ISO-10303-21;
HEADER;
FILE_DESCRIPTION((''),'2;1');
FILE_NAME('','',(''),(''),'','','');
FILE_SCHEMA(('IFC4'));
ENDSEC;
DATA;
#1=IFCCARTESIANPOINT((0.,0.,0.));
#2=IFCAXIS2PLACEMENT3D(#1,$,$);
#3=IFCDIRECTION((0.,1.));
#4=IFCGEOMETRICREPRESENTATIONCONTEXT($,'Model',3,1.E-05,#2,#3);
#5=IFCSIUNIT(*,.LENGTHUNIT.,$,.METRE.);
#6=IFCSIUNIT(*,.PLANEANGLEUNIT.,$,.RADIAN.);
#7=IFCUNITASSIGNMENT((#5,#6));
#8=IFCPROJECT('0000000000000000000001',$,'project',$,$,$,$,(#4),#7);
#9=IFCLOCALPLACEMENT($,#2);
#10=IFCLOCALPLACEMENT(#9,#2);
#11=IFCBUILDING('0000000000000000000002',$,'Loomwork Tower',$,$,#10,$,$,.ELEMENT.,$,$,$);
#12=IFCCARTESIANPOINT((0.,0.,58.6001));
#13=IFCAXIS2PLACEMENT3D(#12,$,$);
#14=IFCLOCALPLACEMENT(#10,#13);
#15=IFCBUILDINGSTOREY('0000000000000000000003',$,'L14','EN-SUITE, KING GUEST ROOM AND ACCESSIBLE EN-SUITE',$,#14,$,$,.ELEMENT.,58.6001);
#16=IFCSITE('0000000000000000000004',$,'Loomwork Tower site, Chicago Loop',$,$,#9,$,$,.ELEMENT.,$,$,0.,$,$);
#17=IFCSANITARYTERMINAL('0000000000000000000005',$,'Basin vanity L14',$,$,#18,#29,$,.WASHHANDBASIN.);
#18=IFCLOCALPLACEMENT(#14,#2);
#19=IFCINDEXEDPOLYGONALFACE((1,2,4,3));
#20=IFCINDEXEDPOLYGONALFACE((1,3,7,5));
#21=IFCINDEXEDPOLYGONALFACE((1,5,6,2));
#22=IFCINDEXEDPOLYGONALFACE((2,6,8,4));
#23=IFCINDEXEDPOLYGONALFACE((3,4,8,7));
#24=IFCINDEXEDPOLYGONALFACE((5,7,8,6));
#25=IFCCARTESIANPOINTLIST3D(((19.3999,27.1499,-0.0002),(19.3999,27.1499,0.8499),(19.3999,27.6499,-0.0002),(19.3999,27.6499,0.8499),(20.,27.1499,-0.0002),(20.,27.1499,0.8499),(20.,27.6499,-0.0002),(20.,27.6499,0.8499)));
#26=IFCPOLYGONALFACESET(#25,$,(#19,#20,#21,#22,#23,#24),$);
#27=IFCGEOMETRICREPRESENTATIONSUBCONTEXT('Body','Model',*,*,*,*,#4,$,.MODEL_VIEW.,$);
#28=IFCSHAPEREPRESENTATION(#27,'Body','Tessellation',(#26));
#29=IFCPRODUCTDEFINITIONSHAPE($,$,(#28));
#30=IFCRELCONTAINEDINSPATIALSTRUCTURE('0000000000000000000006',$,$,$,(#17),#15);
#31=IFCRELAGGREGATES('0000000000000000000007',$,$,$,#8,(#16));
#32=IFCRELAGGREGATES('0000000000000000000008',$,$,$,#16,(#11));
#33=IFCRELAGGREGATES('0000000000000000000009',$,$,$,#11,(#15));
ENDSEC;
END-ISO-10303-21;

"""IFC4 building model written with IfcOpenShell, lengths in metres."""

from ifc_helpers import new_model, si_unit, direction, frame, origin, origin_2d, place, context, subcontext, project, spatial, rectangle, extrude, element, save


model = new_model("IFC4")

# Units and contexts
model_context = context("Model", 3, precision=1e-05, world=origin(), true_north=direction((0.0, 1.0)))
body_context = subcontext(model_context, "Body", "Model", "MODEL_VIEW")
ifc_project = project(units=[si_unit("LENGTHUNIT", "METRE"), si_unit("PLANEANGLEUNIT", "RADIAN")], contexts=[model_context])

# Site, building, storey
site_placement = place(None, origin())
site = spatial("IfcSite", under=ifc_project, at=site_placement, Name="Loomwork Tower site, Chicago Loop", CompositionType="ELEMENT", RefElevation=0.0)
building_placement = place(site_placement, origin())
building = spatial("IfcBuilding", under=site, at=building_placement, Name="Loomwork Tower", CompositionType="ELEMENT")
storey_placement = place(building_placement, frame((0.0, 0.0, 58.6001)))
storey = spatial("IfcBuildingStorey", under=building, at=storey_placement, Name="L14", Description="EN-SUITE, KING GUEST ROOM AND ACCESSIBLE EN-SUITE", CompositionType="ELEMENT", Elevation=58.6001)

# Sanitary terminal
sanitary_terminal_placement = place(storey_placement, frame((19.7, 27.3999, -0.0002), z_axis=(0.0, 0.0, 1.0), x_axis=(1.0, 0.0, 0.0)))
element("IfcSanitaryTerminal", 1, at=sanitary_terminal_placement, inside=storey, Name="Basin vanity L14", PredefinedType="WASHHANDBASIN", context=body_context, shape_type="SweptSolid", body=[
    extrude(rectangle(XDim=0.6001, YDim=0.5, at=origin_2d()), origin(), (0.0, 0.0, 1.0), 0.8501),
])

save(model, "model.ifc")
